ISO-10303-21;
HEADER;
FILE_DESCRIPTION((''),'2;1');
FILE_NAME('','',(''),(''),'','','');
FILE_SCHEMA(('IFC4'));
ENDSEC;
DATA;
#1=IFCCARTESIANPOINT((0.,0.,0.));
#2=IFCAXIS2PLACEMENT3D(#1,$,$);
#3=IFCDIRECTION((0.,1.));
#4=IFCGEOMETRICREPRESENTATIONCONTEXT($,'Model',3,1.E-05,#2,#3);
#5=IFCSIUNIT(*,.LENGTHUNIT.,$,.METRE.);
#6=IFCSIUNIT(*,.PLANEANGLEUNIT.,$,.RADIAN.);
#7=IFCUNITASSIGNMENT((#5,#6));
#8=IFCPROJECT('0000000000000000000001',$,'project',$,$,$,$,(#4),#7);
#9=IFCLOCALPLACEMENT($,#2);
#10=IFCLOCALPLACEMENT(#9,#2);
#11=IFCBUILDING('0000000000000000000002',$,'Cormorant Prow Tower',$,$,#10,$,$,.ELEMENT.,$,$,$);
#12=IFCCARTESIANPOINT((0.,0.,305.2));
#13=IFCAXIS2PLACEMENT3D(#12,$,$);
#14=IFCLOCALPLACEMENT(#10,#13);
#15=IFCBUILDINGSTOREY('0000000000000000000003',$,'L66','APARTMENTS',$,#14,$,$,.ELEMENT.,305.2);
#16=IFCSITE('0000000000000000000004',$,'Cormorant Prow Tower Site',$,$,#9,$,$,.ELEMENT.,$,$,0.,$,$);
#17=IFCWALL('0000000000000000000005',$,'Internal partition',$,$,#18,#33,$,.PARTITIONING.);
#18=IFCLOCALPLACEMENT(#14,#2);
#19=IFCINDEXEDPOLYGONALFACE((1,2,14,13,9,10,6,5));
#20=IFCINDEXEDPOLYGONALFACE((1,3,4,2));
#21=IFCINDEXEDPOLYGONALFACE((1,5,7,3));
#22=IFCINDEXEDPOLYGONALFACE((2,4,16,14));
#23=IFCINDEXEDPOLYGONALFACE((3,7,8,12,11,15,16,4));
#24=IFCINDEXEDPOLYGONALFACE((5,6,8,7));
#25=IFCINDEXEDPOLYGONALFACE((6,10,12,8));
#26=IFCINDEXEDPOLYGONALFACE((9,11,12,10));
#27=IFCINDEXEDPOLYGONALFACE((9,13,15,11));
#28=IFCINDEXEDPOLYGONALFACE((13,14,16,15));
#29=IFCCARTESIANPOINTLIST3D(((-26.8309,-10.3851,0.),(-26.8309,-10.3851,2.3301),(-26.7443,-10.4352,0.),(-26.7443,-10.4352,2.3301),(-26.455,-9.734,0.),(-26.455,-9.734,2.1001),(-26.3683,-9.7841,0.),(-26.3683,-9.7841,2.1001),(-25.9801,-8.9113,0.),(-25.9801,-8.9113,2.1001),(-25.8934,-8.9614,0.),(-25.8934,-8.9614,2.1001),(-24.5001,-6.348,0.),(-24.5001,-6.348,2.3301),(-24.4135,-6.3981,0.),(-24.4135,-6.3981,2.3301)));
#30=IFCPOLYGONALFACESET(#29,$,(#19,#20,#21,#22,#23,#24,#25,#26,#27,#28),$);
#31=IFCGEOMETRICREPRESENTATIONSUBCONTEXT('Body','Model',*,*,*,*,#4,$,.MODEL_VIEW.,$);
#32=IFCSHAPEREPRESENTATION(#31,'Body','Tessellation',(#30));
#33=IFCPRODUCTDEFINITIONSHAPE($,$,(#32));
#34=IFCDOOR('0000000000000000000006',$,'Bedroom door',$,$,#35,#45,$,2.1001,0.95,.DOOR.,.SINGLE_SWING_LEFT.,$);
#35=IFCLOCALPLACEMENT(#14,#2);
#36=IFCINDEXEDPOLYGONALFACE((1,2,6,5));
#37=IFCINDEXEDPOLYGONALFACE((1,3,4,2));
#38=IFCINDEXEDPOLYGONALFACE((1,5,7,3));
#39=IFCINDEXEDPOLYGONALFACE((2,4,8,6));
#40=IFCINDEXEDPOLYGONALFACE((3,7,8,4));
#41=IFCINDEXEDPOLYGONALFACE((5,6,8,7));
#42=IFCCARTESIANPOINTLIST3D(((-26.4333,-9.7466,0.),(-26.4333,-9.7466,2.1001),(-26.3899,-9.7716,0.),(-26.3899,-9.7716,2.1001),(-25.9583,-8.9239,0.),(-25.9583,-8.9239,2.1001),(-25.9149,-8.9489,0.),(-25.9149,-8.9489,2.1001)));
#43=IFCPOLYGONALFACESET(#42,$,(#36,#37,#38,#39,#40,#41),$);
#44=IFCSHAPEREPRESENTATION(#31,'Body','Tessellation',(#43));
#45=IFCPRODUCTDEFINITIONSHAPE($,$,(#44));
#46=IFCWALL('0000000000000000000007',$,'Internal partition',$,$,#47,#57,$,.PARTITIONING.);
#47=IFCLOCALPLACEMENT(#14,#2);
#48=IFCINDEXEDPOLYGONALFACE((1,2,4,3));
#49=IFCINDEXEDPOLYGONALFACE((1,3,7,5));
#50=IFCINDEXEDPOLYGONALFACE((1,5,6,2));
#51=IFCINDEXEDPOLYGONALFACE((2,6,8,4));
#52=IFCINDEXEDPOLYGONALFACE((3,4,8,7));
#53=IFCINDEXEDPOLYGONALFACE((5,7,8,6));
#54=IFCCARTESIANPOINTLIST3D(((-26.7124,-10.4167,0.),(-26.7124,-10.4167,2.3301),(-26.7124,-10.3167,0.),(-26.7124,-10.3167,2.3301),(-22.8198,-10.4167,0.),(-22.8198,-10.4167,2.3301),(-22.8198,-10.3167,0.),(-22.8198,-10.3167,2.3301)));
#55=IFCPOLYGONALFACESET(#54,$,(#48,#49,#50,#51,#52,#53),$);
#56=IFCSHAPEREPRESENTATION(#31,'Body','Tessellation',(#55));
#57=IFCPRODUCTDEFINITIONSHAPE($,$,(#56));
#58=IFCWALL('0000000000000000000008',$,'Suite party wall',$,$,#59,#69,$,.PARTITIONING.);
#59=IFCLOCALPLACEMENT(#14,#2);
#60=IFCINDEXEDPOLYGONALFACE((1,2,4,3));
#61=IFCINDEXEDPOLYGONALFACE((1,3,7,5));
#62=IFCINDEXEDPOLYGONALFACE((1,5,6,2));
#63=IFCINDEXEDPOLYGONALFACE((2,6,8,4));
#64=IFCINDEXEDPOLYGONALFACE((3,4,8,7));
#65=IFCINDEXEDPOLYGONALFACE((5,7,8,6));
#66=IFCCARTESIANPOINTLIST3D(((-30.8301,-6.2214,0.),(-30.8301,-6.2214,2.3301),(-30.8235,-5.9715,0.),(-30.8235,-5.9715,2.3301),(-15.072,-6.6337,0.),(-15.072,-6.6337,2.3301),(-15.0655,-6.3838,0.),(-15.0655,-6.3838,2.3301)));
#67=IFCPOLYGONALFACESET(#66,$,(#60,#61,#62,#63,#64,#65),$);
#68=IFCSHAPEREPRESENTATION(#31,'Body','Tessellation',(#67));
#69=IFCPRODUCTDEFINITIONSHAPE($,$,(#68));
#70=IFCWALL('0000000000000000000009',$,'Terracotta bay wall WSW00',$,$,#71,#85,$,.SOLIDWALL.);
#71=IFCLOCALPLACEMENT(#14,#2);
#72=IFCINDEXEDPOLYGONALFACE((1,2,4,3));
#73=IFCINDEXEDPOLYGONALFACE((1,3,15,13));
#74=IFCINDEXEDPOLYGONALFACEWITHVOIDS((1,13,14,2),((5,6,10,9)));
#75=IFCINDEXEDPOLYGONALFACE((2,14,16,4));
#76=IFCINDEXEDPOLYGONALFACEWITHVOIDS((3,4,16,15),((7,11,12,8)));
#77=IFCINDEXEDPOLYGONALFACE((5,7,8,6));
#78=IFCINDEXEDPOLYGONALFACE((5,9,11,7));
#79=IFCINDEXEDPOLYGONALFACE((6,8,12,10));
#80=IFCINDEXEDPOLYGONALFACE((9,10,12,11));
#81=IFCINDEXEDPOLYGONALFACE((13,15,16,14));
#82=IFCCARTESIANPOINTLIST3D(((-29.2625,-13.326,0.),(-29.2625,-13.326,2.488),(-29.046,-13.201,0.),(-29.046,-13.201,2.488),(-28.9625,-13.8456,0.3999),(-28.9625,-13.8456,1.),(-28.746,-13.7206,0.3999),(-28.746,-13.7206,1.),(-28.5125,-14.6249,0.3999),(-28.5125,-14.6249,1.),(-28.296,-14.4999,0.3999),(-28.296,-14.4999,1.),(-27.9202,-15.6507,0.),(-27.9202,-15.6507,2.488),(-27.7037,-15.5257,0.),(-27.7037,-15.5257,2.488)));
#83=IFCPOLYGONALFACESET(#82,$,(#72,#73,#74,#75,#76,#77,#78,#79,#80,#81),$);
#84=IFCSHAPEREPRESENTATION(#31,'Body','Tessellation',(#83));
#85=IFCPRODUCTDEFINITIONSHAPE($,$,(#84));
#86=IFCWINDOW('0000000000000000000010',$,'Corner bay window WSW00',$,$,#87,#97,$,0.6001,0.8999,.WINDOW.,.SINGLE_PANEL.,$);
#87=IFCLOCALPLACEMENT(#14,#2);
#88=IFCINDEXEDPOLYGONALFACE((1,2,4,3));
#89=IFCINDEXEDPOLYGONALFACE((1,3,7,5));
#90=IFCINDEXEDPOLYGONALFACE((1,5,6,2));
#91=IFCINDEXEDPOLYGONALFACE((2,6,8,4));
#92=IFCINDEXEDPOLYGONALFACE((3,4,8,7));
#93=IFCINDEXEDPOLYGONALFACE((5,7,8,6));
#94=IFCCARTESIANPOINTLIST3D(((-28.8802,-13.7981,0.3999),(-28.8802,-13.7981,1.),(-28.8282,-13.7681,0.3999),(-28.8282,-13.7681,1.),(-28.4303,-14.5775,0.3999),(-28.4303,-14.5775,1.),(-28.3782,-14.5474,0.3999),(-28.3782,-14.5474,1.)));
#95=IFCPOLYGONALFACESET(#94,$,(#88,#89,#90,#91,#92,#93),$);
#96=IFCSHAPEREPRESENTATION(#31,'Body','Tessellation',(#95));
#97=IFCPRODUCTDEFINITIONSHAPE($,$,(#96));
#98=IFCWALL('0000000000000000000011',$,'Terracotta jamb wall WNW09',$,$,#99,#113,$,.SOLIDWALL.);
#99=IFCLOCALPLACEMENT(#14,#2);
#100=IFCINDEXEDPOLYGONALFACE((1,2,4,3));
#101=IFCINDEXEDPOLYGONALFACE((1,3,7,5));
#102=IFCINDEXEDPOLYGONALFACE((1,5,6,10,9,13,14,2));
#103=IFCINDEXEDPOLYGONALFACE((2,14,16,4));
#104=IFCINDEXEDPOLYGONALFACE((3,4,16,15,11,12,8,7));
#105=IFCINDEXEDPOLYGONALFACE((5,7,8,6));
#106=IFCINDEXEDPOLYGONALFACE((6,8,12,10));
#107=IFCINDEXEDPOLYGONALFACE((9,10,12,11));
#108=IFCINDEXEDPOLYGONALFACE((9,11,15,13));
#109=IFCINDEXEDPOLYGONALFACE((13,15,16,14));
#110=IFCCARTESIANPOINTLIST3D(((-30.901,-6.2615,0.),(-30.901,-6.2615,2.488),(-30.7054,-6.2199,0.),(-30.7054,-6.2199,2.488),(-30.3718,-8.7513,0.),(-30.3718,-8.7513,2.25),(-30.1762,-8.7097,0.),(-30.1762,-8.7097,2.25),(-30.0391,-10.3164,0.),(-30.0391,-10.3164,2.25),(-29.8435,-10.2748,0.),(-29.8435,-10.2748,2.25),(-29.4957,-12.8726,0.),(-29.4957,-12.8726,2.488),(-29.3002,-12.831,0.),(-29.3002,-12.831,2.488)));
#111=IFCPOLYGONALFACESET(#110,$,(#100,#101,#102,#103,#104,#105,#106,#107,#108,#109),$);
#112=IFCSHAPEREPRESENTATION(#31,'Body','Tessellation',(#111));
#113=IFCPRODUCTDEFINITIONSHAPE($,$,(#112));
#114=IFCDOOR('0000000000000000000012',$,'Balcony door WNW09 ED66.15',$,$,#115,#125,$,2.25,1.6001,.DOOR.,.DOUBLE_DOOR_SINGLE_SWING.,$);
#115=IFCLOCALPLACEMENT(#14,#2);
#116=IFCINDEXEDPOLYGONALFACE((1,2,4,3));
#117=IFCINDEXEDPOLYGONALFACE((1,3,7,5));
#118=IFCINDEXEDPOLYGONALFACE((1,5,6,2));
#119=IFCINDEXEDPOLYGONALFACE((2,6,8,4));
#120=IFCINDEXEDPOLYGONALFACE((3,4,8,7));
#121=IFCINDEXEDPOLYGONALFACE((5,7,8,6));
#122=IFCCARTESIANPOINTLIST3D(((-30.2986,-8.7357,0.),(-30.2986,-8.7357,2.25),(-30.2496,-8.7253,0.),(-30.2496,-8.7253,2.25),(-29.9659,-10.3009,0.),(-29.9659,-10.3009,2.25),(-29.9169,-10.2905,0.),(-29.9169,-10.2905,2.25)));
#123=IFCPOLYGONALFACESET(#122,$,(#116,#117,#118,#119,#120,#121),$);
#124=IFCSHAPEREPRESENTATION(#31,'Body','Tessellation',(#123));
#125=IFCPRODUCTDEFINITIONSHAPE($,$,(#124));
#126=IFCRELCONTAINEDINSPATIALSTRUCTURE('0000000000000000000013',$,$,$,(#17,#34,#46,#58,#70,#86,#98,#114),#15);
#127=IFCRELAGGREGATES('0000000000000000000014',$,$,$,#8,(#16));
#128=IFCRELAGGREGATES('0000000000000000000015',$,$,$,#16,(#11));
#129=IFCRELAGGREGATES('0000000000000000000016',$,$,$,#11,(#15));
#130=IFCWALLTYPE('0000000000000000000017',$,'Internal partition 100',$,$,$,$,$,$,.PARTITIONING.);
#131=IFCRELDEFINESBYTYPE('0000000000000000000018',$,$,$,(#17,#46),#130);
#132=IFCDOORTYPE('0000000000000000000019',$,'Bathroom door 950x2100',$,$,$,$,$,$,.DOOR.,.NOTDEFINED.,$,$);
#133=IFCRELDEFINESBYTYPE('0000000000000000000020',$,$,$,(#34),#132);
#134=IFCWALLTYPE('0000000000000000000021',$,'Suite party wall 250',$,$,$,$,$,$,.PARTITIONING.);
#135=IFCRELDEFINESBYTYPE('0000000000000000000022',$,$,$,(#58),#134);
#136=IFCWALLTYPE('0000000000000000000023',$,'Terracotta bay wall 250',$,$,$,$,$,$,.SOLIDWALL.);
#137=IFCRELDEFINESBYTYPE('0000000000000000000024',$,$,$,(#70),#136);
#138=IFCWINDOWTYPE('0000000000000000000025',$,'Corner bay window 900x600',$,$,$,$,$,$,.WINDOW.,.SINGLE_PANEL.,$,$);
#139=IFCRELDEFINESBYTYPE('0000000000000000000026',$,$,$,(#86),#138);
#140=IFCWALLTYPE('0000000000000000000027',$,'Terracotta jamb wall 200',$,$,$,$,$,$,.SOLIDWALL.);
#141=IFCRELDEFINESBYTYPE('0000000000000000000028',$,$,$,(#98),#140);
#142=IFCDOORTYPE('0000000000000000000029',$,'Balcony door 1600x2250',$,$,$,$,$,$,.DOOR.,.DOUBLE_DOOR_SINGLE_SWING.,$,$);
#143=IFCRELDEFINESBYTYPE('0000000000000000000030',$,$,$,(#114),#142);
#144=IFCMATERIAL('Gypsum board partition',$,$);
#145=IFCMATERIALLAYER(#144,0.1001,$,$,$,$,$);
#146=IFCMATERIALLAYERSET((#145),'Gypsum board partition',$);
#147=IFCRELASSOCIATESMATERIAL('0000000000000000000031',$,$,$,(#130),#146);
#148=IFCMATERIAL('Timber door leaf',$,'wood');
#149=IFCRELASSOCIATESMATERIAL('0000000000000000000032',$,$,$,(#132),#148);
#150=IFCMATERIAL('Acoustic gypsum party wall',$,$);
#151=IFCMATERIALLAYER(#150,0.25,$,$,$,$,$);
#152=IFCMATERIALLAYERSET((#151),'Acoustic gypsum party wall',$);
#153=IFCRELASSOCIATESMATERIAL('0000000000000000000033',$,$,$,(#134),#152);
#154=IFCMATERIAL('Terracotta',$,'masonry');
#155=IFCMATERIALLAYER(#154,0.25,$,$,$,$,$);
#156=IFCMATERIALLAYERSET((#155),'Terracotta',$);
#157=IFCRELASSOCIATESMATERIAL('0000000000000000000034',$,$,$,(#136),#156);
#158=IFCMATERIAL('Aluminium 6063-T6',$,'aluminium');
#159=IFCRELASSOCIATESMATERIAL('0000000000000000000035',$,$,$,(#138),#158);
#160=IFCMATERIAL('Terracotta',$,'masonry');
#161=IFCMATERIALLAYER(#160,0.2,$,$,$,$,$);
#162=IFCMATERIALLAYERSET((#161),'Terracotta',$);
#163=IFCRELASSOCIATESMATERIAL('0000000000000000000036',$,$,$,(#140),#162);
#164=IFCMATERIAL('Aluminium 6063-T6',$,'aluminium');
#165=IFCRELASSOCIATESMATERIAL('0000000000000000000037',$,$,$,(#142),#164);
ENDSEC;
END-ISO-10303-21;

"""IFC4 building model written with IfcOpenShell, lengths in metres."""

from ifc_helpers import new_model, si_unit, direction, frame, frame_2d, origin, place, context, subcontext, project, spatial, rectangle, extrude, material, layer, layer_set, type_object, element, fill, save


model = new_model("IFC4")

# Units and contexts
model_context = context("Model", 3, precision=1e-05, world=origin(), true_north=direction((0.0, 1.0)))
body_context = subcontext(model_context, "Body", "Model", "MODEL_VIEW")
ifc_project = project(units=[si_unit("LENGTHUNIT", "METRE"), si_unit("PLANEANGLEUNIT", "RADIAN")], contexts=[model_context])

# Site, building, storey
site_placement = place(None, origin())
site = spatial("IfcSite", under=ifc_project, at=site_placement, Name="Cormorant Prow Tower Site", CompositionType="ELEMENT", RefElevation=0.0)
building_placement = place(site_placement, origin())
building = spatial("IfcBuilding", under=site, at=building_placement, Name="Cormorant Prow Tower", CompositionType="ELEMENT")
storey_placement = place(building_placement, frame((0.0, 0.0, 305.2)))
storey = spatial("IfcBuildingStorey", under=building, at=storey_placement, Name="L66", Description="APARTMENTS", CompositionType="ELEMENT", Elevation=305.2)

# Wall, opening, door
ifc_material_1 = material(Name="Gypsum board partition")
ifc_layer_1 = layer(ifc_material_1, 0.1001)
ifc_layer_set_1 = layer_set([ifc_layer_1], Name="Gypsum board partition")
wall_type_1 = type_object("IfcWallType", Name="Internal partition 100", PredefinedType="PARTITIONING", material=ifc_layer_set_1)
ifc_material_2 = material(Name="Timber door leaf", Category="wood")
door_type_1 = type_object("IfcDoorType", Name="Bathroom door 950x2100", OperationType="NOTDEFINED", PredefinedType="DOOR", material=ifc_material_2)
wall_1_placement = place(storey_placement, frame((-26.7876, -10.4102, 0.0), z_axis=(0.0, 0.0, 1.0), x_axis=(0.499997, 0.866027, 0.0)))
wall_1 = element("IfcWall", 1, at=wall_1_placement, inside=storey, type_object=wall_type_1, Name="Internal partition", PredefinedType="PARTITIONING", context=body_context, shape_type="SweptSolid", body=[
    extrude(rectangle(XDim=4.6616, YDim=0.1001, at=frame_2d((2.3308, 0.0))), origin(), (0.0, 0.0, 1.0), 2.3301),
])
opening_1_placement = place(wall_1_placement, frame((0.7517, 0.0, 0.0)))
opening_1 = element("IfcOpeningElement", 2, at=opening_1_placement, cuts=wall_1, PredefinedType="OPENING", context=body_context, shape_type="SweptSolid", body=[
    extrude(rectangle(XDim=0.95, YDim=2.1001, at=frame_2d((0.4751, 1.05))), frame((0.0, 0.0601, 0.0), z_axis=(0.0, -1.0, 0.0), x_axis=(1.0, 0.0, 0.0)), (0.0, 0.0, 1.0), 0.1201),
])
door_1_placement = place(opening_1_placement, origin())
door_1 = element("IfcDoor", 3, at=door_1_placement, inside=storey, type_object=door_type_1, Name="Bedroom door", OperationType="SINGLE_SWING_LEFT", OverallHeight=2.1001, OverallWidth=0.95, PredefinedType="DOOR", context=body_context, shape_type="SweptSolid", body=[
    extrude(rectangle(XDim=0.95, YDim=2.1001, at=frame_2d((0.4751, 1.05))), frame((0.0, 0.0249, 0.0), z_axis=(0.0, -1.0, 0.0), x_axis=(1.0, 0.0, 0.0)), (0.0, 0.0, 1.0), 0.05),
])
fill(opening_1, door_1)

# Walls
wall_2_placement = place(storey_placement, frame((-26.7124, -10.3667, 0.0), z_axis=(0.0, 0.0, 1.0), x_axis=(1.0, 0.0, 0.0)))
element("IfcWall", 4, at=wall_2_placement, inside=storey, type_object=wall_type_1, Name="Internal partition", PredefinedType="PARTITIONING", context=body_context, shape_type="SweptSolid", body=[
    extrude(rectangle(XDim=3.8926, YDim=0.1001, at=frame_2d((1.9463, 0.0))), origin(), (0.0, 0.0, 1.0), 2.3301),
])
ifc_material_3 = material(Name="Acoustic gypsum party wall")
ifc_layer_2 = layer(ifc_material_3, 0.25)
ifc_layer_set_2 = layer_set([ifc_layer_2], Name="Acoustic gypsum party wall")
wall_type_2 = type_object("IfcWallType", Name="Suite party wall 250", PredefinedType="PARTITIONING", material=ifc_layer_set_2)
wall_3_placement = place(storey_placement, frame((-30.8269, -6.0964, 0.0), z_axis=(0.0, 0.0, 1.0), x_axis=(0.999658, -0.026159, 0.0)))
element("IfcWall", 5, at=wall_3_placement, inside=storey, type_object=wall_type_2, Name="Suite party wall", PredefinedType="PARTITIONING", context=body_context, shape_type="SweptSolid", body=[
    extrude(rectangle(XDim=15.7634, YDim=0.25, at=frame_2d((7.8818, 0.0))), origin(), (0.0, 0.0, 1.0), 2.3301),
])

# Wall, opening, window
ifc_material_4 = material(Name="Terracotta", Category="masonry")
ifc_layer_3 = layer(ifc_material_4, 0.25)
ifc_layer_set_3 = layer_set([ifc_layer_3], Name="Terracotta")
wall_type_3 = type_object("IfcWallType", Name="Terracotta bay wall 250", PredefinedType="SOLIDWALL", material=ifc_layer_set_3)
wall_4_placement = place(storey_placement, frame((-29.1543, -13.2634, 0.0), z_axis=(0.0, 0.0, 1.0), x_axis=(0.500032, -0.866007, 0.0)))
wall_4 = element("IfcWall", 6, at=wall_4_placement, inside=storey, type_object=wall_type_3, Name="Terracotta bay wall WSW00", PredefinedType="SOLIDWALL", context=body_context, shape_type="SweptSolid", body=[
    extrude(rectangle(XDim=2.6843, YDim=0.25, at=frame_2d((1.3423, 0.0))), origin(), (0.0, 0.0, 1.0), 2.488),
])
opening_2_placement = place(wall_4_placement, frame((0.6001, 0.0, 0.3999)))
opening_2 = element("IfcOpeningElement", 7, at=opening_2_placement, cuts=wall_4, PredefinedType="OPENING", context=body_context, shape_type="SweptSolid", body=[
    extrude(rectangle(XDim=0.8999, YDim=0.6001, at=frame_2d((0.45, 0.3))), frame((0.0, 0.135, 0.0), z_axis=(0.0, -1.0, 0.0), x_axis=(1.0, 0.0, 0.0)), (0.0, 0.0, 1.0), 0.27),
])
ifc_material_5 = material(Name="Aluminium 6063-T6", Category="aluminium")
window_type = type_object("IfcWindowType", Name="Corner bay window 900x600", PartitioningType="SINGLE_PANEL", PredefinedType="WINDOW", material=ifc_material_5)
window_placement = place(opening_2_placement, origin())
window = element("IfcWindow", 8, at=window_placement, inside=storey, type_object=window_type, Name="Corner bay window WSW00", OverallHeight=0.6001, OverallWidth=0.8999, PartitioningType="SINGLE_PANEL", PredefinedType="WINDOW", context=body_context, shape_type="SweptSolid", body=[
    extrude(rectangle(XDim=0.8999, YDim=0.6001, at=frame_2d((0.45, 0.3))), frame((0.0, 0.03, 0.0), z_axis=(0.0, -1.0, 0.0), x_axis=(1.0, 0.0, 0.0)), (0.0, 0.0, 1.0), 0.0601),
])
fill(opening_2, window)

# Wall, opening, door
ifc_material_6 = material(Name="Terracotta", Category="masonry")
ifc_layer_4 = layer(ifc_material_6, 0.2)
ifc_layer_set_4 = layer_set([ifc_layer_4], Name="Terracotta")
wall_type_4 = type_object("IfcWallType", Name="Terracotta jamb wall 200", PredefinedType="SOLIDWALL", material=ifc_layer_set_4)
wall_5_placement = place(storey_placement, frame((-30.8032, -6.2407, 0.0), z_axis=(0.0, 0.0, 1.0), x_axis=(0.207918, -0.978146, 0.0)))
wall_5 = element("IfcWall", 9, at=wall_5_placement, inside=storey, type_object=wall_type_4, Name="Terracotta jamb wall WNW09", PredefinedType="SOLIDWALL", context=body_context, shape_type="SweptSolid", body=[
    extrude(rectangle(XDim=6.7588, YDim=0.2, at=frame_2d((3.3794, 0.0))), origin(), (0.0, 0.0, 1.0), 2.488),
])
opening_3_placement = place(wall_5_placement, frame((2.5454, 0.0, 0.0)))
opening_3 = element("IfcOpeningElement", 10, at=opening_3_placement, cuts=wall_5, PredefinedType="OPENING", context=body_context, shape_type="SweptSolid", body=[
    extrude(rectangle(XDim=1.6001, YDim=2.25, at=frame_2d((0.8, 1.125))), frame((0.0, 0.1099, 0.0), z_axis=(0.0, -1.0, 0.0), x_axis=(1.0, 0.0, 0.0)), (0.0, 0.0, 1.0), 0.22),
])
ifc_material_7 = material(Name="Aluminium 6063-T6", Category="aluminium")
door_type_2 = type_object("IfcDoorType", Name="Balcony door 1600x2250", OperationType="DOUBLE_DOOR_SINGLE_SWING", PredefinedType="DOOR", material=ifc_material_7)
door_2_placement = place(opening_3_placement, origin())
door_2 = element("IfcDoor", 11, at=door_2_placement, inside=storey, type_object=door_type_2, Name="Balcony door WNW09 ED66.15", OperationType="DOUBLE_DOOR_SINGLE_SWING", OverallHeight=2.25, OverallWidth=1.6001, PredefinedType="DOOR", context=body_context, shape_type="SweptSolid", body=[
    extrude(rectangle(XDim=1.6001, YDim=2.25, at=frame_2d((0.8, 1.125))), frame((0.0, 0.0249, 0.0), z_axis=(0.0, -1.0, 0.0), x_axis=(1.0, 0.0, 0.0)), (0.0, 0.0, 1.0), 0.05),
])
fill(opening_3, door_2)

save(model, "model.ifc")
